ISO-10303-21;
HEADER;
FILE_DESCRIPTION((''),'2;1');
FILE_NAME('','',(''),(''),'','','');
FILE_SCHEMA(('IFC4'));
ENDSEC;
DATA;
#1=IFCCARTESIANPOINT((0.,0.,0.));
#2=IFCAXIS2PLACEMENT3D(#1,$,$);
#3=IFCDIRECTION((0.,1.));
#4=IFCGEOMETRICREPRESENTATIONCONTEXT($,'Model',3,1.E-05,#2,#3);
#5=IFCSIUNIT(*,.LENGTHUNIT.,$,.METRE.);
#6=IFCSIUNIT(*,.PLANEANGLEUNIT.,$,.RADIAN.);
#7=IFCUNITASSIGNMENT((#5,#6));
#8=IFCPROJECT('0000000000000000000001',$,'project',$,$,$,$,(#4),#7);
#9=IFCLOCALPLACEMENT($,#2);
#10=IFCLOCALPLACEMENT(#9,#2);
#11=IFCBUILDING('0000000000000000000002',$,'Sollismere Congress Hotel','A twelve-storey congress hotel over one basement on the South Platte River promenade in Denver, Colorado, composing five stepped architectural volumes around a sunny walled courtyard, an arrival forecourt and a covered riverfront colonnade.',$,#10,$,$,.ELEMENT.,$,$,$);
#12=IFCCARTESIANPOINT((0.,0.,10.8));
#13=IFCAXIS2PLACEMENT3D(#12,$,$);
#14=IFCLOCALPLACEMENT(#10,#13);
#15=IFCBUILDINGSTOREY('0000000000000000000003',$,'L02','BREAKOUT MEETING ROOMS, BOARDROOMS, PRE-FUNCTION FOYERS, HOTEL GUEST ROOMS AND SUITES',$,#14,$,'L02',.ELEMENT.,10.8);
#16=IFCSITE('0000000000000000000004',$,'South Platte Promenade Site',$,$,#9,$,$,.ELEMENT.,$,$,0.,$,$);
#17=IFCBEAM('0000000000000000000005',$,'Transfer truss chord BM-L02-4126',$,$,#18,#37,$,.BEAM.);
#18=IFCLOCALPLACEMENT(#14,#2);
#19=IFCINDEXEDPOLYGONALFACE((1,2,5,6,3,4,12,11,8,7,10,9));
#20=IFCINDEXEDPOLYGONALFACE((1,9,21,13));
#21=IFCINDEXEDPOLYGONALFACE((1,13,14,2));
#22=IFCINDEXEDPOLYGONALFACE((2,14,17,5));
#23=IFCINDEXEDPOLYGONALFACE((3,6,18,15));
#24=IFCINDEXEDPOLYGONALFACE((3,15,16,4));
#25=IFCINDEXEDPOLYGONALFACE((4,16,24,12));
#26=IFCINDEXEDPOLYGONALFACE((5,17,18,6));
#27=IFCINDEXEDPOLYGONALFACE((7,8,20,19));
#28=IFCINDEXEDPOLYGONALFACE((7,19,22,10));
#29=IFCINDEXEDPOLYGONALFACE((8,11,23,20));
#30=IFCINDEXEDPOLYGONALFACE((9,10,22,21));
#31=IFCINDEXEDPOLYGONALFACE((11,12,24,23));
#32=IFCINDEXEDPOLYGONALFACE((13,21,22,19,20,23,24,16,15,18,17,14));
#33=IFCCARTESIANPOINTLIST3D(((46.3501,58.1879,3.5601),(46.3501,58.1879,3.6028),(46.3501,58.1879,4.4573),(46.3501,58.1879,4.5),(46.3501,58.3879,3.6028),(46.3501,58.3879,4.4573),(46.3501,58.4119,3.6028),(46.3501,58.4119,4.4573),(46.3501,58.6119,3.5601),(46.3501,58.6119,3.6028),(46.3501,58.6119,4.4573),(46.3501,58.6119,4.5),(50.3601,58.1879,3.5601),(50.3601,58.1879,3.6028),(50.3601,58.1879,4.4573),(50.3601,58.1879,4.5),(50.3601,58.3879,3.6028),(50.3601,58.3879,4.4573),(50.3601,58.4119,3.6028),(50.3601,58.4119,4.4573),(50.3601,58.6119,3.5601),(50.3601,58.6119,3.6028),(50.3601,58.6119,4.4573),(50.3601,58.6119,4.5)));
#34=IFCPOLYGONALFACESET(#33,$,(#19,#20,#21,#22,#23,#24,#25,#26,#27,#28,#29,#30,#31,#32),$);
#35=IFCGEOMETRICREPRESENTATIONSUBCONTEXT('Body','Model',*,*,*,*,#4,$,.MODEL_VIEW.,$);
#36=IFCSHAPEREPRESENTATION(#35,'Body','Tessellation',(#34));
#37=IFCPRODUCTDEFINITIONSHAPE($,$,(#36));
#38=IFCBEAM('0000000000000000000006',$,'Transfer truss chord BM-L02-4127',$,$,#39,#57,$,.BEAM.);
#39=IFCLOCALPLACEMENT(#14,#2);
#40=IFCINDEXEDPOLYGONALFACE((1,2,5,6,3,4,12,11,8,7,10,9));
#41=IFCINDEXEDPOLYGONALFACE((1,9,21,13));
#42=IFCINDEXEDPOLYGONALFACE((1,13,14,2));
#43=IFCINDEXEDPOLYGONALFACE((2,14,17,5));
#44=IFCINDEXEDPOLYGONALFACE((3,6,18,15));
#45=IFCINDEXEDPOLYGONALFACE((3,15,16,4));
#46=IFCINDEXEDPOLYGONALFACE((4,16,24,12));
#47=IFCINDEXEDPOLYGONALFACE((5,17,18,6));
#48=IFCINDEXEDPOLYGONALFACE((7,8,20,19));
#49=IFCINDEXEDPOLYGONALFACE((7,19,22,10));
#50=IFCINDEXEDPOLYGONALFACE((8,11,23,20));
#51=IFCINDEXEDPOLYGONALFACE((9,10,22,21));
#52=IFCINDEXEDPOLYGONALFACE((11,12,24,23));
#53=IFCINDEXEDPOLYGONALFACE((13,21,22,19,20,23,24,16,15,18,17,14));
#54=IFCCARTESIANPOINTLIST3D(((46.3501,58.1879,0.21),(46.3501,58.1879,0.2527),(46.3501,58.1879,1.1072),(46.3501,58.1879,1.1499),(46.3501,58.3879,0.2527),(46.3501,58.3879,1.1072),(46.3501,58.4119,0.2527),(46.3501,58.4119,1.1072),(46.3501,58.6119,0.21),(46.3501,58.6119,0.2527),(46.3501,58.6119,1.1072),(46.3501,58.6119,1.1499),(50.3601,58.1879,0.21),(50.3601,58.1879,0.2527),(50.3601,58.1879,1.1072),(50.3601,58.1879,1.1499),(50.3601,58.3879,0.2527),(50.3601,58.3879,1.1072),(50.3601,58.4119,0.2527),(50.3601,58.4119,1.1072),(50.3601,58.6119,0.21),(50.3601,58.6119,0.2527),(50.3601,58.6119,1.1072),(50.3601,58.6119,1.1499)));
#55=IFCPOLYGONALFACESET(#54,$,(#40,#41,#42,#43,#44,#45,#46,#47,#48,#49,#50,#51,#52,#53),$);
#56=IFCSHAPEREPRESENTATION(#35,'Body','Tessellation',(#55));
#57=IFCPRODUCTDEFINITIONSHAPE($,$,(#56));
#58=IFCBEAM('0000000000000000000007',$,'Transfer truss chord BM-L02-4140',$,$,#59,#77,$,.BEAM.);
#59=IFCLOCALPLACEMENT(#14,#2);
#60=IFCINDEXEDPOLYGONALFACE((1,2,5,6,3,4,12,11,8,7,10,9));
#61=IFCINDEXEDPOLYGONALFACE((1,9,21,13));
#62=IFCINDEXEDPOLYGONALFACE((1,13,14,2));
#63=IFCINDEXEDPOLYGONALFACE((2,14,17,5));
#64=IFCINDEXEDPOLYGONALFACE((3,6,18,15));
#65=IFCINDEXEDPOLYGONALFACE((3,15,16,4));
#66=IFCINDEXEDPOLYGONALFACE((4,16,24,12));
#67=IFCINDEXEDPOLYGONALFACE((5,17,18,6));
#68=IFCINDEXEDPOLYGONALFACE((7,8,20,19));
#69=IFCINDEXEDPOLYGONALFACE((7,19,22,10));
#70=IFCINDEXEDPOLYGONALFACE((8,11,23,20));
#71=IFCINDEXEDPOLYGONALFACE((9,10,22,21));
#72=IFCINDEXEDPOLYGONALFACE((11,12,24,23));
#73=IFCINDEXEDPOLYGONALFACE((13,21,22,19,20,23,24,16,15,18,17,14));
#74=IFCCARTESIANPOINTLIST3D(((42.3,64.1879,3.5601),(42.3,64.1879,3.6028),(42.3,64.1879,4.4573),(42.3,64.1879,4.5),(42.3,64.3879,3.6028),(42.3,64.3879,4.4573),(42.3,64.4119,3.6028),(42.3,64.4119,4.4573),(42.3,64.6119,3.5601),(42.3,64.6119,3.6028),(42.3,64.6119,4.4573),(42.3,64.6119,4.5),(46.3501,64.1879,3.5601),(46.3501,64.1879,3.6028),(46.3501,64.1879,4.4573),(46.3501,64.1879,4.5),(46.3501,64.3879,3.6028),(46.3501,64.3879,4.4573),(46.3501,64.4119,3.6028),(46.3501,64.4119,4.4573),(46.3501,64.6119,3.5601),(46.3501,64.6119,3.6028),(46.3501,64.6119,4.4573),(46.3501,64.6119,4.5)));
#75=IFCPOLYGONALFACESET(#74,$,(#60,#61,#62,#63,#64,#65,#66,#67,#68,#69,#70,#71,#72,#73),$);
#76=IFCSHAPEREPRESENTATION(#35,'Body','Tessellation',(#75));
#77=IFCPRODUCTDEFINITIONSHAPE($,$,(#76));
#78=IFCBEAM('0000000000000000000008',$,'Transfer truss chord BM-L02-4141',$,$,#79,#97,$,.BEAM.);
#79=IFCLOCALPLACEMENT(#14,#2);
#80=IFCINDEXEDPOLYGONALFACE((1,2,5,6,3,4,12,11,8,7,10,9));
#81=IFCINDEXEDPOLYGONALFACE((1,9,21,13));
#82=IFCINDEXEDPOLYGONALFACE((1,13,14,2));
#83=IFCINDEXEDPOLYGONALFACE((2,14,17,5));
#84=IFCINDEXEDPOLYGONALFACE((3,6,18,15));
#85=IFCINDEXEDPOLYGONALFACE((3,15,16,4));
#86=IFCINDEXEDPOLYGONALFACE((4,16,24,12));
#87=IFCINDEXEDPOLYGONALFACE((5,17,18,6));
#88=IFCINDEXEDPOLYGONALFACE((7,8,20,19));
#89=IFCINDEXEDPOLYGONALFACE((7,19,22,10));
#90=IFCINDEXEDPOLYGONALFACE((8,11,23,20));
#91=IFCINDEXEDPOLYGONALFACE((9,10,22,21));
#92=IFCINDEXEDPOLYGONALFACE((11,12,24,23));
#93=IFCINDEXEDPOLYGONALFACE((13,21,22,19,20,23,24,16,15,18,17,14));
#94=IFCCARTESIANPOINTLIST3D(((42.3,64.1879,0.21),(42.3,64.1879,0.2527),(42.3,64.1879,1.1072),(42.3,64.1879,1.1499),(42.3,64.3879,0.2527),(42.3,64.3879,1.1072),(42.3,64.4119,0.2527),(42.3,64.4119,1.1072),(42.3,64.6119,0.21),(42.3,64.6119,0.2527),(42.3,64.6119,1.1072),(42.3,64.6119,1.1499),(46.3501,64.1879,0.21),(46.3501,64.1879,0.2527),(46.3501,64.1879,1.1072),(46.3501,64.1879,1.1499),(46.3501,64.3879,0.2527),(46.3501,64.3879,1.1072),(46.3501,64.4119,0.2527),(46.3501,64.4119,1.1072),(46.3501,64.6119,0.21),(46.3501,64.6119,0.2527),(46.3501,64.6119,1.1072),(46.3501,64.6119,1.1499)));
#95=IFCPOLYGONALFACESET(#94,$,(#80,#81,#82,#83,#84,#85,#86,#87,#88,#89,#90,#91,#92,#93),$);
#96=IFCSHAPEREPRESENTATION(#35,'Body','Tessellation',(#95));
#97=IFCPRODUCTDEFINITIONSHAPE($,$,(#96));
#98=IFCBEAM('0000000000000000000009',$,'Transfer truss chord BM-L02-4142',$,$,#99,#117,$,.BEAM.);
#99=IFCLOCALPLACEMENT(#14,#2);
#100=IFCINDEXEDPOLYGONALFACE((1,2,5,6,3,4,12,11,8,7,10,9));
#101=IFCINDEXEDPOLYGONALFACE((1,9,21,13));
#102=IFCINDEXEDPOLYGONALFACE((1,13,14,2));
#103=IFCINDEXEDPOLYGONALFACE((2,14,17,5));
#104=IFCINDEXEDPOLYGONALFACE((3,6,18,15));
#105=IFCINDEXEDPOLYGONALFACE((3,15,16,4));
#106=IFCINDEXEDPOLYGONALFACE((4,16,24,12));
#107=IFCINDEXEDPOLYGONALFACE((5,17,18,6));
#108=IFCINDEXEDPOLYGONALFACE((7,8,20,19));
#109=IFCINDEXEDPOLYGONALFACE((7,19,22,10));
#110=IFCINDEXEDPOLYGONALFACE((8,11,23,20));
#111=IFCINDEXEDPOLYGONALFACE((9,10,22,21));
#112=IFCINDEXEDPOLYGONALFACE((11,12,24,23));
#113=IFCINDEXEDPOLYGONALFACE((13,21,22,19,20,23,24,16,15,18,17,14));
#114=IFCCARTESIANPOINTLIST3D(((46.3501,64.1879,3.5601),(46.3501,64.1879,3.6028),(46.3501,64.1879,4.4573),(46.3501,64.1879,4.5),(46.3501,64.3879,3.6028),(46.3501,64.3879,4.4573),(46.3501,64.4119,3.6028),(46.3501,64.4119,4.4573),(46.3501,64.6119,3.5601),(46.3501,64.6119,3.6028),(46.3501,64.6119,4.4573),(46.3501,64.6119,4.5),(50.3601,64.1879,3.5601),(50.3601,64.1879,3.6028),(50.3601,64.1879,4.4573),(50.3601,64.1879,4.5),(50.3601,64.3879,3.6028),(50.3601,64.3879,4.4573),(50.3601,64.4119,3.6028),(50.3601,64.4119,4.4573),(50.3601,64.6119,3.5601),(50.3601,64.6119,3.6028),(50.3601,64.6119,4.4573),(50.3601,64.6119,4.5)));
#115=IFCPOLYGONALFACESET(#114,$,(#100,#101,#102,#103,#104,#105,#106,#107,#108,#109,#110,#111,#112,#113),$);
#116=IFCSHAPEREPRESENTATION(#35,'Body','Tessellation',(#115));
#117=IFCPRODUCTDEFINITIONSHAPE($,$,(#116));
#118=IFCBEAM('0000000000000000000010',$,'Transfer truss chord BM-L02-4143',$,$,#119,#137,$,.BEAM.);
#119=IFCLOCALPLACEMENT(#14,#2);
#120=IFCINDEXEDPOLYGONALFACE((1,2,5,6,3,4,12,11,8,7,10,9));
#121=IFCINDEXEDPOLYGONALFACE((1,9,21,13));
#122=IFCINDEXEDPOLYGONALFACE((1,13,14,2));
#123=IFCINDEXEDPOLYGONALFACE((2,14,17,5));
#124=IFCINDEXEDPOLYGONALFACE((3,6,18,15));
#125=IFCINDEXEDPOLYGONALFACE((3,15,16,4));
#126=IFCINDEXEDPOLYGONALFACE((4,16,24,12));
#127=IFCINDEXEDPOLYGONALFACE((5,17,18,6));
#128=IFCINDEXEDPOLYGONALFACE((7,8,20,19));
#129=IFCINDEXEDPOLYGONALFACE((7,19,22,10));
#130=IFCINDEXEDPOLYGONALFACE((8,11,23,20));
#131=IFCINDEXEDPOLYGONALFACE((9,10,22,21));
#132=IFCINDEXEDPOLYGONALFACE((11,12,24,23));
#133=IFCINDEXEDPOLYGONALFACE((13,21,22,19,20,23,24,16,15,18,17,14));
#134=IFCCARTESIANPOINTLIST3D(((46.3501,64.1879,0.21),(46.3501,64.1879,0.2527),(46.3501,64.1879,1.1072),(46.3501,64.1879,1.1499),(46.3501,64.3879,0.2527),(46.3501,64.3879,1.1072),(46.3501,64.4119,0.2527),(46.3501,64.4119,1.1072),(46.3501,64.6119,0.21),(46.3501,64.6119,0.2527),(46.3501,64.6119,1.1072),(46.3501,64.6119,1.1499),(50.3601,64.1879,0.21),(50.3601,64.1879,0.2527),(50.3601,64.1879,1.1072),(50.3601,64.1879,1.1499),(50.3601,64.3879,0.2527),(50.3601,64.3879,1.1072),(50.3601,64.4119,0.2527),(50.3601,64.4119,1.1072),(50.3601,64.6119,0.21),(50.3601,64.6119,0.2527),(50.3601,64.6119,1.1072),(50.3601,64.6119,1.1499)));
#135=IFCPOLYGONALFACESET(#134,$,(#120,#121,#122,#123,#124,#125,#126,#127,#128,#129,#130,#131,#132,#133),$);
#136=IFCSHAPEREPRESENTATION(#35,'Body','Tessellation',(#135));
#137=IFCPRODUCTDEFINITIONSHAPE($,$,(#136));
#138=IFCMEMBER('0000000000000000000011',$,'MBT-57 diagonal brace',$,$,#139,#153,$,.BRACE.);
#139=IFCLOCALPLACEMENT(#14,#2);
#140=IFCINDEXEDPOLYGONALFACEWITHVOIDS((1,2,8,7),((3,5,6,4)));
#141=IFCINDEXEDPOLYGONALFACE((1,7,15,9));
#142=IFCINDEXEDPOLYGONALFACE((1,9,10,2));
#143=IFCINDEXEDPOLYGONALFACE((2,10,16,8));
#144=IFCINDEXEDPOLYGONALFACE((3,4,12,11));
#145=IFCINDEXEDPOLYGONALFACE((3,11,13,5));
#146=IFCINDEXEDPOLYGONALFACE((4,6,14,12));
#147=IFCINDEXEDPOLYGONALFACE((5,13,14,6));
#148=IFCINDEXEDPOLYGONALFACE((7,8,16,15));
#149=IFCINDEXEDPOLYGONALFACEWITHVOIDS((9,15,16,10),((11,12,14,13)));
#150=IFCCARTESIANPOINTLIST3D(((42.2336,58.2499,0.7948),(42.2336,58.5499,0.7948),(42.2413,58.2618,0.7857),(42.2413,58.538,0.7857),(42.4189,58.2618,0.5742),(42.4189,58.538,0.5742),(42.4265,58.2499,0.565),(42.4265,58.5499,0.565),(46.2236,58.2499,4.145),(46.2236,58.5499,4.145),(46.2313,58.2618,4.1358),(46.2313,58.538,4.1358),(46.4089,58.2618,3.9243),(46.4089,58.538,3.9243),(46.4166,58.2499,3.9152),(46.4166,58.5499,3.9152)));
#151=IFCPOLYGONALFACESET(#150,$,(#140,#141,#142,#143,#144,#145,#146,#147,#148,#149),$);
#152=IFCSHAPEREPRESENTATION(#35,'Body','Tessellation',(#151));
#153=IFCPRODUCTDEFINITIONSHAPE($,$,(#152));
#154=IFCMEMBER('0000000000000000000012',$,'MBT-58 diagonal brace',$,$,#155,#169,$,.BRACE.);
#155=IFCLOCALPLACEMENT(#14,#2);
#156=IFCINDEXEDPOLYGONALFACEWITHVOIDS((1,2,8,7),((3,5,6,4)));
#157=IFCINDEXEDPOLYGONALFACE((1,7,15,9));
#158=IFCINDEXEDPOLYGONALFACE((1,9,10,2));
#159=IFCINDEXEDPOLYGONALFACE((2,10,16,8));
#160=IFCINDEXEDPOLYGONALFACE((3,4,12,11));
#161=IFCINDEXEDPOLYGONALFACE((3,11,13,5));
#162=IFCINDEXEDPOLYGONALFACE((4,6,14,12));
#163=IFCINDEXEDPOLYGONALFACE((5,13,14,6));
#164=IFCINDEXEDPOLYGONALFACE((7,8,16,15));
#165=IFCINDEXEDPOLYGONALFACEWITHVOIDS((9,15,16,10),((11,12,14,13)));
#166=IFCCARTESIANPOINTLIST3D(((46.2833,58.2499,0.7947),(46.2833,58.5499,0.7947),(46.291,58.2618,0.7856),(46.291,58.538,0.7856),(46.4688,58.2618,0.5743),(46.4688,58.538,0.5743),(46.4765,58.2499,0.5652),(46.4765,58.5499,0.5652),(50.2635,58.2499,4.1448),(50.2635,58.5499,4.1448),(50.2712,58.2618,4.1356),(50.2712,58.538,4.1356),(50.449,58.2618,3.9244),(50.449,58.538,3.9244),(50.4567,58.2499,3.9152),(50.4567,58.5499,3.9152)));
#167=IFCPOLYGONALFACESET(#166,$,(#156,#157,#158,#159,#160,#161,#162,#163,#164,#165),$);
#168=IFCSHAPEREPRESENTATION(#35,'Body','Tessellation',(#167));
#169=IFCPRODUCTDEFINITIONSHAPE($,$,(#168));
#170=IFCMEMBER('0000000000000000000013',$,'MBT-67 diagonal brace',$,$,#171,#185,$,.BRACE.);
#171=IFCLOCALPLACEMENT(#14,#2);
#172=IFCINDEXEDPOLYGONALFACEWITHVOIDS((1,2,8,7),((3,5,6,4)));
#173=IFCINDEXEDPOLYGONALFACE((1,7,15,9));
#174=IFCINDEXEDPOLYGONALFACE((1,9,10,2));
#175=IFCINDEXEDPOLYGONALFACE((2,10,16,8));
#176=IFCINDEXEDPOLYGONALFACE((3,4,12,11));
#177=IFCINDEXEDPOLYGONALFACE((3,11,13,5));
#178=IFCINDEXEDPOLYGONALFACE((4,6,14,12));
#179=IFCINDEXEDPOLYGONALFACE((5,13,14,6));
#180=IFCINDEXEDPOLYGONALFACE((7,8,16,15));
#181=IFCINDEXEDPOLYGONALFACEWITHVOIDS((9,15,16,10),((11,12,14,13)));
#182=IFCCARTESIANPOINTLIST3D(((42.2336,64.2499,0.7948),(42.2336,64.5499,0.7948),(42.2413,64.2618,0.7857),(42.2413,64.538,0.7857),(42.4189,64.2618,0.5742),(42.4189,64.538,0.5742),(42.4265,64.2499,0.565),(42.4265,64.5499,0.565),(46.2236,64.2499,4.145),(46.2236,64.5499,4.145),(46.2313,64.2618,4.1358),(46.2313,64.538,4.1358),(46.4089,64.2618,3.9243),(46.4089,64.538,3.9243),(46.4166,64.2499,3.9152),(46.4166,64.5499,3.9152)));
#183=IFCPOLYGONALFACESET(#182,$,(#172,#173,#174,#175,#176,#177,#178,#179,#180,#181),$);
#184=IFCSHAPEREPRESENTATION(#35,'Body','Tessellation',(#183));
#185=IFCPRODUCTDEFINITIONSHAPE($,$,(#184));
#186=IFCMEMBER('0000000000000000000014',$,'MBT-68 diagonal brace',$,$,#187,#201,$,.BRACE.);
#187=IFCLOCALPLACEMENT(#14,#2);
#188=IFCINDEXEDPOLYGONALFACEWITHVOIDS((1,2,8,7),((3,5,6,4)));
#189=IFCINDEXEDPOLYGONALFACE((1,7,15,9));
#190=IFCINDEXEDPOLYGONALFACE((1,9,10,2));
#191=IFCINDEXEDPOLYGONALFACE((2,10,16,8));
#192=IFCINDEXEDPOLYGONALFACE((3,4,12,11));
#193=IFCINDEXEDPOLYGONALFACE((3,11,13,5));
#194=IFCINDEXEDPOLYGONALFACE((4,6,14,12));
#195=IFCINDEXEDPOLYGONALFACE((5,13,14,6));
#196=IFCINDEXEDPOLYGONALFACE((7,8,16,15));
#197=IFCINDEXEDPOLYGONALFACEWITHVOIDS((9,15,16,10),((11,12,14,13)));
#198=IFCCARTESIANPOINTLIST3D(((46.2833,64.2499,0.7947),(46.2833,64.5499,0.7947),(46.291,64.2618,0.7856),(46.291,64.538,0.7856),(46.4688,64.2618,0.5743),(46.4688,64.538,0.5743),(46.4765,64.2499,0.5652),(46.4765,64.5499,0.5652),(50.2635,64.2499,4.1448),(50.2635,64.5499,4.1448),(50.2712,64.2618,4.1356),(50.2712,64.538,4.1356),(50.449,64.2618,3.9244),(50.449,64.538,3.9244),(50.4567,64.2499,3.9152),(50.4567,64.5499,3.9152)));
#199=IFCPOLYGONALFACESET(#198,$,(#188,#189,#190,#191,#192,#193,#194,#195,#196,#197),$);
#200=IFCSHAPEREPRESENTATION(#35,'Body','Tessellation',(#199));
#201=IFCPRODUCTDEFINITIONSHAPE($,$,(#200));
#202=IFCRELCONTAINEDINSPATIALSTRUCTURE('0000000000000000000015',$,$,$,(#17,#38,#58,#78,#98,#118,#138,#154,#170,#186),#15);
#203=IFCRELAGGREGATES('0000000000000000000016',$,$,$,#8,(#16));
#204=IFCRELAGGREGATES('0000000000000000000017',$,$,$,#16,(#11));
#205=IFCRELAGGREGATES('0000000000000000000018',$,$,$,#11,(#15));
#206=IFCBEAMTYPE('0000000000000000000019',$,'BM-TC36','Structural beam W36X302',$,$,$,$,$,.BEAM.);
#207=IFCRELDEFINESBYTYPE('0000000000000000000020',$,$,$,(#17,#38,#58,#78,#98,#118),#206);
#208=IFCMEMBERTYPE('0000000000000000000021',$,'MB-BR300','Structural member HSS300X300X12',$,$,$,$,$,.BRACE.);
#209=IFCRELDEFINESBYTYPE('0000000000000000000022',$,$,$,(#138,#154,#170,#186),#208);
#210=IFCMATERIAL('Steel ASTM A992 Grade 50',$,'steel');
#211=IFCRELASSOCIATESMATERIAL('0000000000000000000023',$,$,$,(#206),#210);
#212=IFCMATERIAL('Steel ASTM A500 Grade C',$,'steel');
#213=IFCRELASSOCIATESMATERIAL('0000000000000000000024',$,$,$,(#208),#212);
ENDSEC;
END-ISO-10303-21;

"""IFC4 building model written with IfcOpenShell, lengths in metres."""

from ifc_helpers import new_model, si_unit, direction, frame, origin, origin_2d, place, context, subcontext, project, spatial, hollow_rectangle, i_section, extrude, material, material_profile, profile_set, type_object, element, save


model = new_model("IFC4")

# Units and contexts
model_context = context("Model", 3, precision=1e-05, world=origin(), true_north=direction((0.0, 1.0)))
body_context = subcontext(model_context, "Body", "Model", "MODEL_VIEW")
ifc_project = project(units=[si_unit("LENGTHUNIT", "METRE"), si_unit("PLANEANGLEUNIT", "RADIAN")], contexts=[model_context])

# Site, building, storey
site_placement = place(None, origin())
site = spatial("IfcSite", under=ifc_project, at=site_placement, Name="South Platte Promenade Site", CompositionType="ELEMENT", RefElevation=0.0)
building_placement = place(site_placement, origin())
building = spatial("IfcBuilding", under=site, at=building_placement, Name="Sollismere Congress Hotel", Description="A twelve-storey congress hotel over one basement on the South Platte River promenade in Denver, Colorado, composing five stepped architectural volumes around a sunny walled courtyard, an arrival forecourt and a covered riverfront colonnade.", CompositionType="ELEMENT")
storey_placement = place(building_placement, frame((0.0, 0.0, 10.8)))
storey = spatial("IfcBuildingStorey", under=building, at=storey_placement, Name="L02", Description="BREAKOUT MEETING ROOMS, BOARDROOMS, PRE-FUNCTION FOYERS, HOTEL GUEST ROOMS AND SUITES", LongName="L02", CompositionType="ELEMENT", Elevation=10.8)

# Shared definitions
ifc_material_1 = material(Name="Steel ASTM A992 Grade 50", Category="steel")

# Beams
ifc_material_profile_1 = material_profile(ifc_material_1, i_section(OverallWidth=0.4241, OverallDepth=0.9399, WebThickness=0.0239, FlangeThickness=0.0427, at=origin_2d()), Name="W36X302")
ifc_profile_set_1 = profile_set([ifc_material_profile_1], Name="Steel ASTM A992 Grade 50")
beam_type_1 = type_object("IfcBeamType", Name="BM-TC36", Description="Structural beam W36X302", PredefinedType="BEAM", material=ifc_profile_set_1)
for number, where, z_axis, x_axis, name in (
    (1, (46.3501, 58.3999, 4.03), (1.0, 0.0, 0.0), (0.0, 1.0, 0.0), "Transfer truss chord BM-L02-4126"),
    (2, (46.3501, 58.3999, 0.6799), (1.0, 0.0, 0.0), (0.0, 1.0, 0.0), "Transfer truss chord BM-L02-4127"),
):
    element("IfcBeam", number, at=place(storey_placement, frame(where, z_axis=z_axis, x_axis=x_axis)), inside=storey, type_object=beam_type_1, Name=name, PredefinedType="BEAM", context=body_context, shape_type="SweptSolid", body=[
        extrude(i_section(OverallWidth=0.4241, OverallDepth=0.9399, WebThickness=0.0239, FlangeThickness=0.0427, at=origin_2d()), origin(), (0.0, 0.0, 1.0), 4.01),
    ])
for number, where, z_axis, x_axis, name in (
    (3, (42.3, 64.3999, 4.03), (1.0, 0.0, 0.0), (0.0, 1.0, 0.0), "Transfer truss chord BM-L02-4140"),
    (4, (42.3, 64.3999, 0.6799), (1.0, 0.0, 0.0), (0.0, 1.0, 0.0), "Transfer truss chord BM-L02-4141"),
):
    element("IfcBeam", number, at=place(storey_placement, frame(where, z_axis=z_axis, x_axis=x_axis)), inside=storey, type_object=beam_type_1, Name=name, PredefinedType="BEAM", context=body_context, shape_type="SweptSolid", body=[
        extrude(i_section(OverallWidth=0.4241, OverallDepth=0.9399, WebThickness=0.0239, FlangeThickness=0.0427, at=origin_2d()), origin(), (0.0, 0.0, 1.0), 4.05),
    ])
for number, where, z_axis, x_axis, name in (
    (5, (46.3501, 64.3999, 4.03), (1.0, 0.0, 0.0), (0.0, 1.0, 0.0), "Transfer truss chord BM-L02-4142"),
    (6, (46.3501, 64.3999, 0.6799), (1.0, 0.0, 0.0), (0.0, 1.0, 0.0), "Transfer truss chord BM-L02-4143"),
):
    element("IfcBeam", number, at=place(storey_placement, frame(where, z_axis=z_axis, x_axis=x_axis)), inside=storey, type_object=beam_type_1, Name=name, PredefinedType="BEAM", context=body_context, shape_type="SweptSolid", body=[
        extrude(i_section(OverallWidth=0.4241, OverallDepth=0.9399, WebThickness=0.0239, FlangeThickness=0.0427, at=origin_2d()), origin(), (0.0, 0.0, 1.0), 4.01),
    ])

# Members
ifc_material_2 = material(Name="Steel ASTM A500 Grade C", Category="steel")
ifc_material_profile_2 = material_profile(ifc_material_2, hollow_rectangle(XDim=0.3, YDim=0.3, WallThickness=0.012, at=origin_2d()), Name="HSS300X300X12")
ifc_profile_set_2 = profile_set([ifc_material_profile_2], Name="Steel ASTM A500 Grade C")
member_type_1 = type_object("IfcMemberType", Name="MB-BR300", Description="Structural member HSS300X300X12", PredefinedType="BRACE", material=ifc_profile_set_2)
member_1_placement = place(storey_placement, frame((42.3301, 58.3999, 0.6799), z_axis=(0.765846, 0.0, 0.643024), x_axis=(0.0, 1.0, 0.0)))
element("IfcMember", 7, at=member_1_placement, inside=storey, type_object=member_type_1, Name="MBT-57 diagonal brace", PredefinedType="BRACE", context=body_context, shape_type="SweptSolid", body=[
    extrude(hollow_rectangle(XDim=0.3, YDim=0.3, WallThickness=0.012, at=origin_2d()), origin(), (0.0, 0.0, 1.0), 5.21),
])
member_2_placement = place(storey_placement, frame((46.3799, 58.3999, 0.6799), z_axis=(0.765069, 0.0, 0.643948), x_axis=(0.0, 1.0, 0.0)))
element("IfcMember", 8, at=member_2_placement, inside=storey, type_object=member_type_1, Name="MBT-58 diagonal brace", PredefinedType="BRACE", context=body_context, shape_type="SweptSolid", body=[
    extrude(hollow_rectangle(XDim=0.3, YDim=0.3, WallThickness=0.012, at=origin_2d()), origin(), (0.0, 0.0, 1.0), 5.2024),
])
member_3_placement = place(storey_placement, frame((42.3301, 64.3999, 0.6799), z_axis=(0.765846, 0.0, 0.643024), x_axis=(0.0, 1.0, 0.0)))
element("IfcMember", 9, at=member_3_placement, inside=storey, type_object=member_type_1, Name="MBT-67 diagonal brace", PredefinedType="BRACE", context=body_context, shape_type="SweptSolid", body=[
    extrude(hollow_rectangle(XDim=0.3, YDim=0.3, WallThickness=0.012, at=origin_2d()), origin(), (0.0, 0.0, 1.0), 5.21),
])
member_4_placement = place(storey_placement, frame((46.3799, 64.3999, 0.6799), z_axis=(0.765069, 0.0, 0.643948), x_axis=(0.0, 1.0, 0.0)))
element("IfcMember", 10, at=member_4_placement, inside=storey, type_object=member_type_1, Name="MBT-68 diagonal brace", PredefinedType="BRACE", context=body_context, shape_type="SweptSolid", body=[
    extrude(hollow_rectangle(XDim=0.3, YDim=0.3, WallThickness=0.012, at=origin_2d()), origin(), (0.0, 0.0, 1.0), 5.2024),
])

save(model, "model.ifc")
